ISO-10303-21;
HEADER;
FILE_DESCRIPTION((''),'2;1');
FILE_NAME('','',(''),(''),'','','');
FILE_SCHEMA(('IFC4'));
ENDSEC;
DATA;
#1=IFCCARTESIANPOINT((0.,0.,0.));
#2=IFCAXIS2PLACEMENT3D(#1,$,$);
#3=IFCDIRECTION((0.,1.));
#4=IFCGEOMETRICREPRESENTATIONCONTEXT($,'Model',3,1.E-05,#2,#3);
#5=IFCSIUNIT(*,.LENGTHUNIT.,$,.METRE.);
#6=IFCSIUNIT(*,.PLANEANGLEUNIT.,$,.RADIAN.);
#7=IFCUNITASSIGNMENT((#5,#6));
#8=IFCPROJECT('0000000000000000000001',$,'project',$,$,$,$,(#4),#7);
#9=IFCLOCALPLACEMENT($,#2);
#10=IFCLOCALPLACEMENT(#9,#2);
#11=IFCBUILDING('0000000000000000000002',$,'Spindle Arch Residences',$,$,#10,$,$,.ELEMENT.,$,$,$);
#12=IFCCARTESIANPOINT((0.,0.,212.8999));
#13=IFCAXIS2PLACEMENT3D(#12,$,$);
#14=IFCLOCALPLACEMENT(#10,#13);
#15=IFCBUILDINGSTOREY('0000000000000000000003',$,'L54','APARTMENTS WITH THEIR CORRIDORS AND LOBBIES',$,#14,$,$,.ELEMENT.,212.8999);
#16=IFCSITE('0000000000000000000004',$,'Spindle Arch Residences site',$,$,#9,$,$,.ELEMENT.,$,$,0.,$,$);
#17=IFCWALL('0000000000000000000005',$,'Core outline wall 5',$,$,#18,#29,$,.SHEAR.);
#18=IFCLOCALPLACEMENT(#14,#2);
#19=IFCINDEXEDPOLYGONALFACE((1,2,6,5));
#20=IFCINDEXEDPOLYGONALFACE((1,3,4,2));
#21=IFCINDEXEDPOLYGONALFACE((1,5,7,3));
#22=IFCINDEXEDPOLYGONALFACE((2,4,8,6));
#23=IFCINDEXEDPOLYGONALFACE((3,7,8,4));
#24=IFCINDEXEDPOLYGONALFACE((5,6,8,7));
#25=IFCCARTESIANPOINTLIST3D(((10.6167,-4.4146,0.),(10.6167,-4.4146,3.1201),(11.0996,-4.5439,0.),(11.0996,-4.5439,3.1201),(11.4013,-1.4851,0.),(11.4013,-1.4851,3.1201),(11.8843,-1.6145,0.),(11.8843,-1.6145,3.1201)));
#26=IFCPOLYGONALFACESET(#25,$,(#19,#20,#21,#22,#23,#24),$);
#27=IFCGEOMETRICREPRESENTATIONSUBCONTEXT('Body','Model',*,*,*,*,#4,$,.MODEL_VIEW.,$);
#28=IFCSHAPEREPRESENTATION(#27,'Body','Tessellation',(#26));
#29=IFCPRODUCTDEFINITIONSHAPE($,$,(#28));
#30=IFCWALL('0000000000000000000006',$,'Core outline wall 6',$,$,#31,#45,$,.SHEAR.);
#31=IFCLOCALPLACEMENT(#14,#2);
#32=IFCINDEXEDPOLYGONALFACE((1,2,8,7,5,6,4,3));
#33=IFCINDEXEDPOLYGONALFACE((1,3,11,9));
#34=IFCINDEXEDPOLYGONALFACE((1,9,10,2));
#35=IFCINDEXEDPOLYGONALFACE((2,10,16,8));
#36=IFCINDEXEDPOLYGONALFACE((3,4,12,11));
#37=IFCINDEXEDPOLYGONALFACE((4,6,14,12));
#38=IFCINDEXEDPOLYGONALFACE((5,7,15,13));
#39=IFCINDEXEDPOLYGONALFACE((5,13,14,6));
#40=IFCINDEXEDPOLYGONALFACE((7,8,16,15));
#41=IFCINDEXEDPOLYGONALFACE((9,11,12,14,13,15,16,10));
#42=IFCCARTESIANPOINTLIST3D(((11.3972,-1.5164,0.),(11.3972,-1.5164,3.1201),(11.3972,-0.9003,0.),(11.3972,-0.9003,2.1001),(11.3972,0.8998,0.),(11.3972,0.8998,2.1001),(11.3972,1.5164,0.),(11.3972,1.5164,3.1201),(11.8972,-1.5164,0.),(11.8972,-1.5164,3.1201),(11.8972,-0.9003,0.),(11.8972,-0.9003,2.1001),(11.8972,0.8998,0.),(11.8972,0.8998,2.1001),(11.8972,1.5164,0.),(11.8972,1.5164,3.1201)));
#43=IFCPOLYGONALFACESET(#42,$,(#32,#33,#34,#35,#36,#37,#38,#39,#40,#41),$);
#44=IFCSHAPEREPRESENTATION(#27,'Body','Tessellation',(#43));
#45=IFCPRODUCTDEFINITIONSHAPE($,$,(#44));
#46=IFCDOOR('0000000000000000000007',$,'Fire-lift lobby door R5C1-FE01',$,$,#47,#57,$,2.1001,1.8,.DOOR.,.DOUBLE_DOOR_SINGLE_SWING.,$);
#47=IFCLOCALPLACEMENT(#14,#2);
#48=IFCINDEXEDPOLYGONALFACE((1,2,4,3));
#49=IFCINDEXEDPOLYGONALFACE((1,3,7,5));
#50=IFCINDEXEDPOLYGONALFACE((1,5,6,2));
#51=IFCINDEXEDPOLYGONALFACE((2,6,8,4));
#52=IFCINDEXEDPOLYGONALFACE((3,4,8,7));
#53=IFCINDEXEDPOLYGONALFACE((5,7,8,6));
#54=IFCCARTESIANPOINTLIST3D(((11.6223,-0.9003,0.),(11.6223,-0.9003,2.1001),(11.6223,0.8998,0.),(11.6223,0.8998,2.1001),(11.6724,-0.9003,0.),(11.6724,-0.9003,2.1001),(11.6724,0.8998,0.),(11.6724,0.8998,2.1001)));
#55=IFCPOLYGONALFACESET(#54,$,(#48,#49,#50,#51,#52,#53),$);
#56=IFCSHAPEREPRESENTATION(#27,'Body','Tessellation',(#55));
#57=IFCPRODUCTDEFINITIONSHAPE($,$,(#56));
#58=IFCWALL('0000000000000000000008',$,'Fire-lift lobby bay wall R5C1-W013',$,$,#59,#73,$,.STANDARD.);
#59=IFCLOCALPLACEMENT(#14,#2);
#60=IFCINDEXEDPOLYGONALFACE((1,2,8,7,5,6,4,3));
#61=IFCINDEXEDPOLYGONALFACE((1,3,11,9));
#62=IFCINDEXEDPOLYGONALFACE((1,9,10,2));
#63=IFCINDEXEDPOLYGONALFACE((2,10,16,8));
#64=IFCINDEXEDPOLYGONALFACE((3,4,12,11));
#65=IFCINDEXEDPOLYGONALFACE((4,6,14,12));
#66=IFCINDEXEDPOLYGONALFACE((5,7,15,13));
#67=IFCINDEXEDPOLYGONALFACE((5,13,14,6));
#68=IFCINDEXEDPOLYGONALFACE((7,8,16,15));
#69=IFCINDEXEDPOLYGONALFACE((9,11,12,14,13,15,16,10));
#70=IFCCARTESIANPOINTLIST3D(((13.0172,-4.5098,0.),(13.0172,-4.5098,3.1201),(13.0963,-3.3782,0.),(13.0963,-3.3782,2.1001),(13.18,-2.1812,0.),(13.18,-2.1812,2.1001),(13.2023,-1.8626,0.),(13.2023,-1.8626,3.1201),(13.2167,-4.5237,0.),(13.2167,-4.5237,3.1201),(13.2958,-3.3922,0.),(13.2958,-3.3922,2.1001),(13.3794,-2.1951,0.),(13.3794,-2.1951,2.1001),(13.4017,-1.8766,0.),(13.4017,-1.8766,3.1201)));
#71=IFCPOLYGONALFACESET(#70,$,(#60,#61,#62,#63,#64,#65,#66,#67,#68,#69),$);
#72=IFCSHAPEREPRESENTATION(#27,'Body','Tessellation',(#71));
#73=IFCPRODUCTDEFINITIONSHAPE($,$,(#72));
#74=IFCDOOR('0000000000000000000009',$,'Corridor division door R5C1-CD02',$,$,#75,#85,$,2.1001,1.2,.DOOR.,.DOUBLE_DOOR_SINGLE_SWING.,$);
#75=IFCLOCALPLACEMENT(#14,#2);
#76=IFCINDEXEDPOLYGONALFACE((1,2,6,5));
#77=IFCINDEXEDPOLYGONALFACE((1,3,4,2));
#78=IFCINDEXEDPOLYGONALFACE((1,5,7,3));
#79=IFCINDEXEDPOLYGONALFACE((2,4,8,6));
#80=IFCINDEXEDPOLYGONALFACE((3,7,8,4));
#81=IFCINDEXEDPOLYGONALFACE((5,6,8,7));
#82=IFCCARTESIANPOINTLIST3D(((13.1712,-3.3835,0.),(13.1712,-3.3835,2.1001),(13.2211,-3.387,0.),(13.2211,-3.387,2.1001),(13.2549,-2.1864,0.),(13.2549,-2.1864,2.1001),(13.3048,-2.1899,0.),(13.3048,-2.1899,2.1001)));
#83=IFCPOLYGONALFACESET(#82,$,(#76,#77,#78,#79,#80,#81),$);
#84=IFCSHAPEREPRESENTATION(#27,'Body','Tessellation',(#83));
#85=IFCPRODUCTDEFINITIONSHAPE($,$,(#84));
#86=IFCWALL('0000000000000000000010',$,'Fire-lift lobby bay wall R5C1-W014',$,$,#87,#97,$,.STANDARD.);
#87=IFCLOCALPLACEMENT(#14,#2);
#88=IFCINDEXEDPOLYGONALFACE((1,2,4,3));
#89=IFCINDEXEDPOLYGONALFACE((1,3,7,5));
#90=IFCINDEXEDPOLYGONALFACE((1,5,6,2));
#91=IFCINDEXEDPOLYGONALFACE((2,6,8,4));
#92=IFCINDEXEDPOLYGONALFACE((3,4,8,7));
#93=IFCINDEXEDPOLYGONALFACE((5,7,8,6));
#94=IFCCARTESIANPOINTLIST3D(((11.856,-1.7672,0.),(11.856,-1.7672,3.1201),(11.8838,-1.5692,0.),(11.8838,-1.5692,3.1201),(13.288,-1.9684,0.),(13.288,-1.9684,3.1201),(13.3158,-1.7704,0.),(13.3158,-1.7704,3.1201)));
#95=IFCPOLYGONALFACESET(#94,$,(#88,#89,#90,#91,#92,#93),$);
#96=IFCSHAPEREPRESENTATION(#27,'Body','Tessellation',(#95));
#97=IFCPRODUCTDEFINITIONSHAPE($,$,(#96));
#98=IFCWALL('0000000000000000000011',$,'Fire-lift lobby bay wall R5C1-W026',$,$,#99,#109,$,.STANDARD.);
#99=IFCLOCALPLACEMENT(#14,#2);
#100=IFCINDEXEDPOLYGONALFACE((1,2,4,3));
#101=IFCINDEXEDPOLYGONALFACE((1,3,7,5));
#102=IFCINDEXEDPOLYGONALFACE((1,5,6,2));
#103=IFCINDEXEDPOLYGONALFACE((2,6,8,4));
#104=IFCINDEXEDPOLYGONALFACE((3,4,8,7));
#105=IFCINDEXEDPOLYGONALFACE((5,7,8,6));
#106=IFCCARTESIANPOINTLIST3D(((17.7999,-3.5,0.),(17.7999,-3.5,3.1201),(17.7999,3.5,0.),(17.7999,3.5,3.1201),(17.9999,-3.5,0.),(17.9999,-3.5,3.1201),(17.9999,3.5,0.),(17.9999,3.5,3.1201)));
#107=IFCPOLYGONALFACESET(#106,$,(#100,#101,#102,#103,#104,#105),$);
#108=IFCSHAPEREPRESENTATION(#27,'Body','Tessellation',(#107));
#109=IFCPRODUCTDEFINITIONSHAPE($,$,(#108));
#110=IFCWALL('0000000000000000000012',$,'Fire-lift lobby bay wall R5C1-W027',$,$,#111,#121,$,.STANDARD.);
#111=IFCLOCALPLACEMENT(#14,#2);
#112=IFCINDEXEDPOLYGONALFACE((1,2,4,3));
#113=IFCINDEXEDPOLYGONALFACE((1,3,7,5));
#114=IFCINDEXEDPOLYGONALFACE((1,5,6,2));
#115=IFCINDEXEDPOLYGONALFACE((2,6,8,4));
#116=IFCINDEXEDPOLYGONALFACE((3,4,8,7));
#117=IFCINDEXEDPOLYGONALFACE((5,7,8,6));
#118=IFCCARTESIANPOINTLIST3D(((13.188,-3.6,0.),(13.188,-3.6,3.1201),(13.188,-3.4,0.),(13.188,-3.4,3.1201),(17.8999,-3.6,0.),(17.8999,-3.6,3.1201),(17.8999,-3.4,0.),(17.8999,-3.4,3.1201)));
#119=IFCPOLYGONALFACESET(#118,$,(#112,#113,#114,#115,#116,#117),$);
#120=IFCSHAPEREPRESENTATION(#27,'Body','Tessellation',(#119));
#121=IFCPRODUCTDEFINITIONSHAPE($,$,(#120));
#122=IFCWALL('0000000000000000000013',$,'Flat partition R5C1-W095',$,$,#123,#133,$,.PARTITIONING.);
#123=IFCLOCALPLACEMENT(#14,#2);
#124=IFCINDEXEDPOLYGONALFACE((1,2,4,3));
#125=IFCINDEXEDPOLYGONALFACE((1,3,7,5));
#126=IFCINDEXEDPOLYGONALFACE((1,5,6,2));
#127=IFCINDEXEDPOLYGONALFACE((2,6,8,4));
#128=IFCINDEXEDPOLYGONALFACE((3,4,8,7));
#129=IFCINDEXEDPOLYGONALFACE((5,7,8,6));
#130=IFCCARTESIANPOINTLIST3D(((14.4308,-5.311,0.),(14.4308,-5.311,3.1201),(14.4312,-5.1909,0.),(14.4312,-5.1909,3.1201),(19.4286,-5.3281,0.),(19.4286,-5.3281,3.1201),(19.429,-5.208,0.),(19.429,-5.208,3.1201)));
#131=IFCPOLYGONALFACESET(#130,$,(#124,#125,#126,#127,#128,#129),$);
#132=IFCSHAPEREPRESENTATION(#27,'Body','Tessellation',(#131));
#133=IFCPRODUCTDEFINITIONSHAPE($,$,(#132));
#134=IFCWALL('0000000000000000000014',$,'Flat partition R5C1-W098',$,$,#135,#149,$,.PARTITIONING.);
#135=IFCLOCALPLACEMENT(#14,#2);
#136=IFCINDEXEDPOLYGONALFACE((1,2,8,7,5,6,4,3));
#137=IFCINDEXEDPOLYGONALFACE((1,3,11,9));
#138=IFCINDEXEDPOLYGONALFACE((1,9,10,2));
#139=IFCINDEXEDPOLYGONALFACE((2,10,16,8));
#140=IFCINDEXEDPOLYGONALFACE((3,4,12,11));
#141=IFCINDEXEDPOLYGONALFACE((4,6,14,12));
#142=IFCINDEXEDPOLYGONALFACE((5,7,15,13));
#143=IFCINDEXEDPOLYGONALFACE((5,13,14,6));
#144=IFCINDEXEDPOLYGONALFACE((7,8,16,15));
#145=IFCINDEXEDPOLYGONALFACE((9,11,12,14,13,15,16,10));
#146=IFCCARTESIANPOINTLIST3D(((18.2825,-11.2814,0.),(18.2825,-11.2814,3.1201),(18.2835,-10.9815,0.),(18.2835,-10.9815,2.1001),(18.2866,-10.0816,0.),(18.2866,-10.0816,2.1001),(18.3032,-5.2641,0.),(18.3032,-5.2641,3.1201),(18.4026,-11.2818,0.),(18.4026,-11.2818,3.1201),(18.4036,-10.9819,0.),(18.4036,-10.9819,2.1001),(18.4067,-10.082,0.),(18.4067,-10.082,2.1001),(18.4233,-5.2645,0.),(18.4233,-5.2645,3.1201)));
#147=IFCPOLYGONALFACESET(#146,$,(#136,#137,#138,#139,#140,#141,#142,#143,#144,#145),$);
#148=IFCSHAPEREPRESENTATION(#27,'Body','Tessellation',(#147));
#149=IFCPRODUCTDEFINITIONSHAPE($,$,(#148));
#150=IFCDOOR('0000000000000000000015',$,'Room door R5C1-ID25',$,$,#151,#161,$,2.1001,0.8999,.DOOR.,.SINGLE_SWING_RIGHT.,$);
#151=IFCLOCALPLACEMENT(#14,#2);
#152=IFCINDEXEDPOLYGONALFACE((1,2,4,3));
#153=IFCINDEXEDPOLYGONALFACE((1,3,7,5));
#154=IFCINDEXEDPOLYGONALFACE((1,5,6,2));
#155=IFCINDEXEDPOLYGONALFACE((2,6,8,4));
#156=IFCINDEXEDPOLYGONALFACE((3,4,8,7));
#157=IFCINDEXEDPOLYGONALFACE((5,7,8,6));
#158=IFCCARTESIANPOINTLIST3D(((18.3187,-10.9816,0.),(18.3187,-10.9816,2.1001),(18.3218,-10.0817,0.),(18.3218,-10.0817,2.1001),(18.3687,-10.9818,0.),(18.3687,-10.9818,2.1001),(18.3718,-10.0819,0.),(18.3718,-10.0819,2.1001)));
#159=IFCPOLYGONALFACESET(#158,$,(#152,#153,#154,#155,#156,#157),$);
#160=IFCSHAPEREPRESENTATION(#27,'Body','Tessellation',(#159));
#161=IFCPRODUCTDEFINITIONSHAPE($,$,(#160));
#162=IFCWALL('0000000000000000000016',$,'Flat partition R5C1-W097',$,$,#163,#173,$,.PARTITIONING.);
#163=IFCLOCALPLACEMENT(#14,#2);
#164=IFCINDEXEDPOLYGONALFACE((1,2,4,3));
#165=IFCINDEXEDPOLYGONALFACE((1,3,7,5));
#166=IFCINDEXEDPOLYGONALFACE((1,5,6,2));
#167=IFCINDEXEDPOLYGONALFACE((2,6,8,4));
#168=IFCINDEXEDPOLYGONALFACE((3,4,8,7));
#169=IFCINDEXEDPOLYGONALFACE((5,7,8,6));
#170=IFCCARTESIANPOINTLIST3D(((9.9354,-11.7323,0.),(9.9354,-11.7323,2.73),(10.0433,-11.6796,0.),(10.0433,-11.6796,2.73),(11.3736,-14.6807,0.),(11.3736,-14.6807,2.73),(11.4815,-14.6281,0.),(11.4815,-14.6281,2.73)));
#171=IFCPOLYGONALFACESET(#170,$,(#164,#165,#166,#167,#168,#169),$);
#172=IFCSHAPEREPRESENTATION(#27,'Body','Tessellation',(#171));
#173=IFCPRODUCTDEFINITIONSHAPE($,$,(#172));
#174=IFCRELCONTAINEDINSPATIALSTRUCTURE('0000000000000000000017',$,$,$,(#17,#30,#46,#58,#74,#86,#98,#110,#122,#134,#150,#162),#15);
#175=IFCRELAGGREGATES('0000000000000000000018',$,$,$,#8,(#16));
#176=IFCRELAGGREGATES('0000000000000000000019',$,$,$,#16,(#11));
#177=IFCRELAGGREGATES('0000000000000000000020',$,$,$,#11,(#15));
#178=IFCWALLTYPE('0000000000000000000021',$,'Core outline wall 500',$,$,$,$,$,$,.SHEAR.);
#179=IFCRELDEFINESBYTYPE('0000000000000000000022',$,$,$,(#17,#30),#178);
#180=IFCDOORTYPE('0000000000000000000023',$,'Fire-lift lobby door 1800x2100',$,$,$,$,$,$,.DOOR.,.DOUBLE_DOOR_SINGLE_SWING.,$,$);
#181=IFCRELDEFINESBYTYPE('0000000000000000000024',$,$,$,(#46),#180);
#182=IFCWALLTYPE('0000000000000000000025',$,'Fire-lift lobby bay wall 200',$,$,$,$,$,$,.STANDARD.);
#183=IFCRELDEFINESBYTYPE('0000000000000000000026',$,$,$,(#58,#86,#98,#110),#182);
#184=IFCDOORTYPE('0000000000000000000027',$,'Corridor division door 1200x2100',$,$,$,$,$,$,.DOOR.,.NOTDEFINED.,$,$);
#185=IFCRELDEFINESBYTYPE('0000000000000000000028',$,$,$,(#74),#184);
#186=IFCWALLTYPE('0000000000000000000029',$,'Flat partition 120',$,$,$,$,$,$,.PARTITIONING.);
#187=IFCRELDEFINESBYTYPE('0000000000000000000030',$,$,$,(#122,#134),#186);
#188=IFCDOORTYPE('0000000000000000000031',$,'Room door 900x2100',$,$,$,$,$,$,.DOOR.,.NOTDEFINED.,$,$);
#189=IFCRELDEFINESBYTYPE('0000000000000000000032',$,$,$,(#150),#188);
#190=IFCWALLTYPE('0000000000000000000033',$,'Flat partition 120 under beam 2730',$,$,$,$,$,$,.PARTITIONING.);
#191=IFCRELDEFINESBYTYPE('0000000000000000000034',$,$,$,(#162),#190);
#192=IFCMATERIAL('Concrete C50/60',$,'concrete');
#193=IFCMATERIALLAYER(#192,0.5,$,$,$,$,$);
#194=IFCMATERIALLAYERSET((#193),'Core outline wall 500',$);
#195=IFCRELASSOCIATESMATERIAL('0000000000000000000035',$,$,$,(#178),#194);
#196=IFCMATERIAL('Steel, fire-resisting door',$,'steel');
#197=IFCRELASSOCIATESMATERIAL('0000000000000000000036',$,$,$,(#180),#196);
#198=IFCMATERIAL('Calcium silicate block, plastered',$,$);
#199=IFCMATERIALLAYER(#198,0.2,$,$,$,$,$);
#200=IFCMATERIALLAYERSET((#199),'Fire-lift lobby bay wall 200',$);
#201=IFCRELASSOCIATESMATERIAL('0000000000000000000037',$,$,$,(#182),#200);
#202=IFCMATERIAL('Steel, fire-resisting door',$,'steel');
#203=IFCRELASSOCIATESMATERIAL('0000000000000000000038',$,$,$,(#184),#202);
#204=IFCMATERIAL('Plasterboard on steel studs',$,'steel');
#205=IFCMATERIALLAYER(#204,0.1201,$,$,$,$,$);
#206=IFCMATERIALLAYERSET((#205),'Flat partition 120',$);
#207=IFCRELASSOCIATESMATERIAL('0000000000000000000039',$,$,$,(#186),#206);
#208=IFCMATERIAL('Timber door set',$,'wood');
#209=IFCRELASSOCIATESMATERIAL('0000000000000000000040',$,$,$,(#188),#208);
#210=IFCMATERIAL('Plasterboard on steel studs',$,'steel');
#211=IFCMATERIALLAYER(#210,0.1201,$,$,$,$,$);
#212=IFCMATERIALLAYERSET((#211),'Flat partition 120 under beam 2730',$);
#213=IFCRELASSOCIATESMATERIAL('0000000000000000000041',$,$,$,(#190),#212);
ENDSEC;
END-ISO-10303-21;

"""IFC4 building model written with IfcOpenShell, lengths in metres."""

from ifc_helpers import new_model, si_unit, direction, frame, frame_2d, origin, place, context, subcontext, project, spatial, rectangle, extrude, material, layer, layer_set, type_object, element, fill, save


model = new_model("IFC4")

# Units and contexts
model_context = context("Model", 3, precision=1e-05, world=origin(), true_north=direction((0.0, 1.0)))
body_context = subcontext(model_context, "Body", "Model", "MODEL_VIEW")
ifc_project = project(units=[si_unit("LENGTHUNIT", "METRE"), si_unit("PLANEANGLEUNIT", "RADIAN")], contexts=[model_context])

# Site, building, storey
site_placement = place(None, origin())
site = spatial("IfcSite", under=ifc_project, at=site_placement, Name="Spindle Arch Residences site", CompositionType="ELEMENT", RefElevation=0.0)
building_placement = place(site_placement, origin())
building = spatial("IfcBuilding", under=site, at=building_placement, Name="Spindle Arch Residences", CompositionType="ELEMENT")
storey_placement = place(building_placement, frame((0.0, 0.0, 212.8999)))
storey = spatial("IfcBuildingStorey", under=building, at=storey_placement, Name="L54", Description="APARTMENTS WITH THEIR CORRIDORS AND LOBBIES", CompositionType="ELEMENT", Elevation=212.8999)

# Wall
ifc_material_1 = material(Name="Concrete C50/60", Category="concrete")
ifc_layer_1 = layer(ifc_material_1, 0.5)
ifc_layer_set_1 = layer_set([ifc_layer_1], Name="Core outline wall 500")
wall_type_1 = type_object("IfcWallType", Name="Core outline wall 500", PredefinedType="SHEAR", material=ifc_layer_set_1)
wall_1_placement = place(storey_placement, frame((10.8582, -4.4792, 0.0), z_axis=(0.0, 0.0, 1.0), x_axis=(0.258735, 0.965948, 0.0)))
element("IfcWall", 1, at=wall_1_placement, inside=storey, type_object=wall_type_1, Name="Core outline wall 5", PredefinedType="SHEAR", context=body_context, shape_type="SweptSolid", body=[
    extrude(rectangle(XDim=3.0327, YDim=0.5, at=frame_2d((1.5164, 0.0))), origin(), (0.0, 0.0, 1.0), 3.1201),
])

# Walls, openings, doors
wall_2_placement = place(storey_placement, frame((11.6472, -1.5164, 0.0), z_axis=(0.0, 0.0, 1.0), x_axis=(0.0, 1.0, 0.0)))
wall_2 = element("IfcWall", 2, at=wall_2_placement, inside=storey, type_object=wall_type_1, Name="Core outline wall 6", PredefinedType="SHEAR", context=body_context, shape_type="SweptSolid", body=[
    extrude(rectangle(XDim=3.0327, YDim=0.5, at=frame_2d((1.5164, 0.0))), origin(), (0.0, 0.0, 1.0), 3.1201),
])
opening_1_placement = place(wall_2_placement, frame((0.6162, 0.0, 0.0)))
opening_1 = element("IfcOpeningElement", 3, at=opening_1_placement, cuts=wall_2, PredefinedType="OPENING", context=body_context, shape_type="SweptSolid", body=[
    extrude(rectangle(XDim=1.8, YDim=2.1001, at=frame_2d((0.8999, 1.05))), frame((0.0, 0.26, 0.0), z_axis=(0.0, -1.0, 0.0), x_axis=(1.0, 0.0, 0.0)), (0.0, 0.0, 1.0), 0.52),
])
ifc_material_2 = material(Name="Steel, fire-resisting door", Category="steel")
door_type_1 = type_object("IfcDoorType", Name="Fire-lift lobby door 1800x2100", OperationType="DOUBLE_DOOR_SINGLE_SWING", PredefinedType="DOOR", material=ifc_material_2)
door_1_placement = place(opening_1_placement, origin())
door_1 = element("IfcDoor", 4, at=door_1_placement, inside=storey, type_object=door_type_1, Name="Fire-lift lobby door R5C1-FE01", OperationType="DOUBLE_DOOR_SINGLE_SWING", OverallHeight=2.1001, OverallWidth=1.8, PredefinedType="DOOR", context=body_context, shape_type="SweptSolid", body=[
    extrude(rectangle(XDim=1.8, YDim=2.1001, at=frame_2d((0.8999, 1.05))), frame((0.0, 0.0249, 0.0), z_axis=(0.0, -1.0, 0.0), x_axis=(1.0, 0.0, 0.0)), (0.0, 0.0, 1.0), 0.05),
])
fill(opening_1, door_1)
ifc_material_3 = material(Name="Calcium silicate block, plastered")
ifc_layer_2 = layer(ifc_material_3, 0.2)
ifc_layer_set_2 = layer_set([ifc_layer_2], Name="Fire-lift lobby bay wall 200")
wall_type_2 = type_object("IfcWallType", Name="Fire-lift lobby bay wall 200", PredefinedType="STANDARD", material=ifc_layer_set_2)
wall_3_placement = place(storey_placement, frame((13.1169, -4.5166, 0.0), z_axis=(0.0, 0.0, 1.0), x_axis=(0.069737, 0.997565, 0.0)))
wall_3 = element("IfcWall", 5, at=wall_3_placement, inside=storey, type_object=wall_type_2, Name="Fire-lift lobby bay wall R5C1-W013", PredefinedType="STANDARD", context=body_context, shape_type="SweptSolid", body=[
    extrude(rectangle(XDim=2.6536, YDim=0.2, at=frame_2d((1.3267, 0.0))), origin(), (0.0, 0.0, 1.0), 3.1201),
])
opening_2_placement = place(wall_3_placement, frame((1.134, 0.0, 0.0)))
opening_2 = element("IfcOpeningElement", 6, at=opening_2_placement, cuts=wall_3, PredefinedType="OPENING", context=body_context, shape_type="SweptSolid", body=[
    extrude(rectangle(XDim=1.2, YDim=2.1001, at=frame_2d((0.6001, 1.05))), frame((0.0, 0.1099, 0.0), z_axis=(0.0, -1.0, 0.0), x_axis=(1.0, 0.0, 0.0)), (0.0, 0.0, 1.0), 0.22),
])
ifc_material_4 = material(Name="Steel, fire-resisting door", Category="steel")
door_type_2 = type_object("IfcDoorType", Name="Corridor division door 1200x2100", OperationType="NOTDEFINED", PredefinedType="DOOR", material=ifc_material_4)
door_2_placement = place(opening_2_placement, origin())
door_2 = element("IfcDoor", 7, at=door_2_placement, inside=storey, type_object=door_type_2, Name="Corridor division door R5C1-CD02", OperationType="DOUBLE_DOOR_SINGLE_SWING", OverallHeight=2.1001, OverallWidth=1.2, PredefinedType="DOOR", context=body_context, shape_type="SweptSolid", body=[
    extrude(rectangle(XDim=1.2, YDim=2.1001, at=frame_2d((0.6001, 1.05))), frame((0.0, 0.0249, 0.0), z_axis=(0.0, -1.0, 0.0), x_axis=(1.0, 0.0, 0.0)), (0.0, 0.0, 1.0), 0.05),
])
fill(opening_2, door_2)

# Walls
wall_4_placement = place(storey_placement, frame((13.302, -1.8694, 0.0), z_axis=(0.0, 0.0, 1.0), x_axis=(-0.990274, 0.139128, 0.0)))
element("IfcWall", 8, at=wall_4_placement, inside=storey, type_object=wall_type_2, Name="Fire-lift lobby bay wall R5C1-W014", PredefinedType="STANDARD", context=body_context, shape_type="SweptSolid", body=[
    extrude(rectangle(XDim=1.446, YDim=0.2, at=frame_2d((0.7231, 0.0))), origin(), (0.0, 0.0, 1.0), 3.1201),
])
wall_5_placement = place(storey_placement, frame((17.8999, -3.5, 0.0), z_axis=(0.0, 0.0, 1.0), x_axis=(0.0, 1.0, 0.0)))
element("IfcWall", 9, at=wall_5_placement, inside=storey, type_object=wall_type_2, Name="Fire-lift lobby bay wall R5C1-W026", PredefinedType="STANDARD", context=body_context, shape_type="SweptSolid", body=[
    extrude(rectangle(XDim=7.0, YDim=0.2, at=frame_2d((3.5, 0.0))), origin(), (0.0, 0.0, 1.0), 3.1201),
])
wall_6_placement = place(storey_placement, frame((13.188, -3.5, 0.0), z_axis=(0.0, 0.0, 1.0), x_axis=(1.0, 0.0, 0.0)))
element("IfcWall", 10, at=wall_6_placement, inside=storey, type_object=wall_type_2, Name="Fire-lift lobby bay wall R5C1-W027", PredefinedType="STANDARD", context=body_context, shape_type="SweptSolid", body=[
    extrude(rectangle(XDim=4.7119, YDim=0.2, at=frame_2d((2.356, 0.0))), origin(), (0.0, 0.0, 1.0), 3.1201),
])
ifc_material_5 = material(Name="Plasterboard on steel studs", Category="steel")
ifc_layer_3 = layer(ifc_material_5, 0.1201)
ifc_layer_set_3 = layer_set([ifc_layer_3], Name="Flat partition 120")
wall_type_3 = type_object("IfcWallType", Name="Flat partition 120", PredefinedType="PARTITIONING", material=ifc_layer_set_3)
wall_7_placement = place(storey_placement, frame((14.4309, -5.251, 0.0), z_axis=(0.0, 0.0, 1.0), x_axis=(0.999994, -0.003419, 0.0)))
element("IfcWall", 11, at=wall_7_placement, inside=storey, type_object=wall_type_3, Name="Flat partition R5C1-W095", PredefinedType="PARTITIONING", context=body_context, shape_type="SweptSolid", body=[
    extrude(rectangle(XDim=4.9978, YDim=0.1201, at=frame_2d((2.499, 0.0))), origin(), (0.0, 0.0, 1.0), 3.1201),
])

# Wall, opening, door
wall_8_placement = place(storey_placement, frame((18.3425, -11.2817, 0.0), z_axis=(0.0, 0.0, 1.0), x_axis=(0.003449, 0.999994, 0.0)))
wall_8 = element("IfcWall", 12, at=wall_8_placement, inside=storey, type_object=wall_type_3, Name="Flat partition R5C1-W098", PredefinedType="PARTITIONING", context=body_context, shape_type="SweptSolid", body=[
    extrude(rectangle(XDim=6.0173, YDim=0.1201, at=frame_2d((3.0088, 0.0))), origin(), (0.0, 0.0, 1.0), 3.1201),
])
opening_3_placement = place(wall_8_placement, frame((0.3, 0.0, 0.0)))
opening_3 = element("IfcOpeningElement", 13, at=opening_3_placement, cuts=wall_8, PredefinedType="OPENING", context=body_context, shape_type="SweptSolid", body=[
    extrude(rectangle(XDim=0.8999, YDim=2.1001, at=frame_2d((0.45, 1.05))), frame((0.0, 0.0701, 0.0), z_axis=(0.0, -1.0, 0.0), x_axis=(1.0, 0.0, 0.0)), (0.0, 0.0, 1.0), 0.1401),
])
ifc_material_6 = material(Name="Timber door set", Category="wood")
door_type_3 = type_object("IfcDoorType", Name="Room door 900x2100", OperationType="NOTDEFINED", PredefinedType="DOOR", material=ifc_material_6)
door_3_placement = place(opening_3_placement, origin())
door_3 = element("IfcDoor", 14, at=door_3_placement, inside=storey, type_object=door_type_3, Name="Room door R5C1-ID25", OperationType="SINGLE_SWING_RIGHT", OverallHeight=2.1001, OverallWidth=0.8999, PredefinedType="DOOR", context=body_context, shape_type="SweptSolid", body=[
    extrude(rectangle(XDim=0.8999, YDim=2.1001, at=frame_2d((0.45, 1.05))), frame((0.0, 0.0249, 0.0), z_axis=(0.0, -1.0, 0.0), x_axis=(1.0, 0.0, 0.0)), (0.0, 0.0, 1.0), 0.05),
])
fill(opening_3, door_3)

# Wall
ifc_material_7 = material(Name="Plasterboard on steel studs", Category="steel")
ifc_layer_4 = layer(ifc_material_7, 0.1201)
ifc_layer_set_4 = layer_set([ifc_layer_4], Name="Flat partition 120 under beam 2730")
wall_type_4 = type_object("IfcWallType", Name="Flat partition 120 under beam 2730", PredefinedType="PARTITIONING", material=ifc_layer_set_4)
wall_9_placement = place(storey_placement, frame((11.4275, -14.6543, 0.0), z_axis=(0.0, 0.0, 1.0), x_axis=(-0.43841, 0.898775, 0.0)))
element("IfcWall", 15, at=wall_9_placement, inside=storey, type_object=wall_type_4, Name="Flat partition R5C1-W097", PredefinedType="PARTITIONING", context=body_context, shape_type="SweptSolid", body=[
    extrude(rectangle(XDim=3.2805, YDim=0.1201, at=frame_2d((1.6401, 0.0))), origin(), (0.0, 0.0, 1.0), 2.73),
])

save(model, "model.ifc")
